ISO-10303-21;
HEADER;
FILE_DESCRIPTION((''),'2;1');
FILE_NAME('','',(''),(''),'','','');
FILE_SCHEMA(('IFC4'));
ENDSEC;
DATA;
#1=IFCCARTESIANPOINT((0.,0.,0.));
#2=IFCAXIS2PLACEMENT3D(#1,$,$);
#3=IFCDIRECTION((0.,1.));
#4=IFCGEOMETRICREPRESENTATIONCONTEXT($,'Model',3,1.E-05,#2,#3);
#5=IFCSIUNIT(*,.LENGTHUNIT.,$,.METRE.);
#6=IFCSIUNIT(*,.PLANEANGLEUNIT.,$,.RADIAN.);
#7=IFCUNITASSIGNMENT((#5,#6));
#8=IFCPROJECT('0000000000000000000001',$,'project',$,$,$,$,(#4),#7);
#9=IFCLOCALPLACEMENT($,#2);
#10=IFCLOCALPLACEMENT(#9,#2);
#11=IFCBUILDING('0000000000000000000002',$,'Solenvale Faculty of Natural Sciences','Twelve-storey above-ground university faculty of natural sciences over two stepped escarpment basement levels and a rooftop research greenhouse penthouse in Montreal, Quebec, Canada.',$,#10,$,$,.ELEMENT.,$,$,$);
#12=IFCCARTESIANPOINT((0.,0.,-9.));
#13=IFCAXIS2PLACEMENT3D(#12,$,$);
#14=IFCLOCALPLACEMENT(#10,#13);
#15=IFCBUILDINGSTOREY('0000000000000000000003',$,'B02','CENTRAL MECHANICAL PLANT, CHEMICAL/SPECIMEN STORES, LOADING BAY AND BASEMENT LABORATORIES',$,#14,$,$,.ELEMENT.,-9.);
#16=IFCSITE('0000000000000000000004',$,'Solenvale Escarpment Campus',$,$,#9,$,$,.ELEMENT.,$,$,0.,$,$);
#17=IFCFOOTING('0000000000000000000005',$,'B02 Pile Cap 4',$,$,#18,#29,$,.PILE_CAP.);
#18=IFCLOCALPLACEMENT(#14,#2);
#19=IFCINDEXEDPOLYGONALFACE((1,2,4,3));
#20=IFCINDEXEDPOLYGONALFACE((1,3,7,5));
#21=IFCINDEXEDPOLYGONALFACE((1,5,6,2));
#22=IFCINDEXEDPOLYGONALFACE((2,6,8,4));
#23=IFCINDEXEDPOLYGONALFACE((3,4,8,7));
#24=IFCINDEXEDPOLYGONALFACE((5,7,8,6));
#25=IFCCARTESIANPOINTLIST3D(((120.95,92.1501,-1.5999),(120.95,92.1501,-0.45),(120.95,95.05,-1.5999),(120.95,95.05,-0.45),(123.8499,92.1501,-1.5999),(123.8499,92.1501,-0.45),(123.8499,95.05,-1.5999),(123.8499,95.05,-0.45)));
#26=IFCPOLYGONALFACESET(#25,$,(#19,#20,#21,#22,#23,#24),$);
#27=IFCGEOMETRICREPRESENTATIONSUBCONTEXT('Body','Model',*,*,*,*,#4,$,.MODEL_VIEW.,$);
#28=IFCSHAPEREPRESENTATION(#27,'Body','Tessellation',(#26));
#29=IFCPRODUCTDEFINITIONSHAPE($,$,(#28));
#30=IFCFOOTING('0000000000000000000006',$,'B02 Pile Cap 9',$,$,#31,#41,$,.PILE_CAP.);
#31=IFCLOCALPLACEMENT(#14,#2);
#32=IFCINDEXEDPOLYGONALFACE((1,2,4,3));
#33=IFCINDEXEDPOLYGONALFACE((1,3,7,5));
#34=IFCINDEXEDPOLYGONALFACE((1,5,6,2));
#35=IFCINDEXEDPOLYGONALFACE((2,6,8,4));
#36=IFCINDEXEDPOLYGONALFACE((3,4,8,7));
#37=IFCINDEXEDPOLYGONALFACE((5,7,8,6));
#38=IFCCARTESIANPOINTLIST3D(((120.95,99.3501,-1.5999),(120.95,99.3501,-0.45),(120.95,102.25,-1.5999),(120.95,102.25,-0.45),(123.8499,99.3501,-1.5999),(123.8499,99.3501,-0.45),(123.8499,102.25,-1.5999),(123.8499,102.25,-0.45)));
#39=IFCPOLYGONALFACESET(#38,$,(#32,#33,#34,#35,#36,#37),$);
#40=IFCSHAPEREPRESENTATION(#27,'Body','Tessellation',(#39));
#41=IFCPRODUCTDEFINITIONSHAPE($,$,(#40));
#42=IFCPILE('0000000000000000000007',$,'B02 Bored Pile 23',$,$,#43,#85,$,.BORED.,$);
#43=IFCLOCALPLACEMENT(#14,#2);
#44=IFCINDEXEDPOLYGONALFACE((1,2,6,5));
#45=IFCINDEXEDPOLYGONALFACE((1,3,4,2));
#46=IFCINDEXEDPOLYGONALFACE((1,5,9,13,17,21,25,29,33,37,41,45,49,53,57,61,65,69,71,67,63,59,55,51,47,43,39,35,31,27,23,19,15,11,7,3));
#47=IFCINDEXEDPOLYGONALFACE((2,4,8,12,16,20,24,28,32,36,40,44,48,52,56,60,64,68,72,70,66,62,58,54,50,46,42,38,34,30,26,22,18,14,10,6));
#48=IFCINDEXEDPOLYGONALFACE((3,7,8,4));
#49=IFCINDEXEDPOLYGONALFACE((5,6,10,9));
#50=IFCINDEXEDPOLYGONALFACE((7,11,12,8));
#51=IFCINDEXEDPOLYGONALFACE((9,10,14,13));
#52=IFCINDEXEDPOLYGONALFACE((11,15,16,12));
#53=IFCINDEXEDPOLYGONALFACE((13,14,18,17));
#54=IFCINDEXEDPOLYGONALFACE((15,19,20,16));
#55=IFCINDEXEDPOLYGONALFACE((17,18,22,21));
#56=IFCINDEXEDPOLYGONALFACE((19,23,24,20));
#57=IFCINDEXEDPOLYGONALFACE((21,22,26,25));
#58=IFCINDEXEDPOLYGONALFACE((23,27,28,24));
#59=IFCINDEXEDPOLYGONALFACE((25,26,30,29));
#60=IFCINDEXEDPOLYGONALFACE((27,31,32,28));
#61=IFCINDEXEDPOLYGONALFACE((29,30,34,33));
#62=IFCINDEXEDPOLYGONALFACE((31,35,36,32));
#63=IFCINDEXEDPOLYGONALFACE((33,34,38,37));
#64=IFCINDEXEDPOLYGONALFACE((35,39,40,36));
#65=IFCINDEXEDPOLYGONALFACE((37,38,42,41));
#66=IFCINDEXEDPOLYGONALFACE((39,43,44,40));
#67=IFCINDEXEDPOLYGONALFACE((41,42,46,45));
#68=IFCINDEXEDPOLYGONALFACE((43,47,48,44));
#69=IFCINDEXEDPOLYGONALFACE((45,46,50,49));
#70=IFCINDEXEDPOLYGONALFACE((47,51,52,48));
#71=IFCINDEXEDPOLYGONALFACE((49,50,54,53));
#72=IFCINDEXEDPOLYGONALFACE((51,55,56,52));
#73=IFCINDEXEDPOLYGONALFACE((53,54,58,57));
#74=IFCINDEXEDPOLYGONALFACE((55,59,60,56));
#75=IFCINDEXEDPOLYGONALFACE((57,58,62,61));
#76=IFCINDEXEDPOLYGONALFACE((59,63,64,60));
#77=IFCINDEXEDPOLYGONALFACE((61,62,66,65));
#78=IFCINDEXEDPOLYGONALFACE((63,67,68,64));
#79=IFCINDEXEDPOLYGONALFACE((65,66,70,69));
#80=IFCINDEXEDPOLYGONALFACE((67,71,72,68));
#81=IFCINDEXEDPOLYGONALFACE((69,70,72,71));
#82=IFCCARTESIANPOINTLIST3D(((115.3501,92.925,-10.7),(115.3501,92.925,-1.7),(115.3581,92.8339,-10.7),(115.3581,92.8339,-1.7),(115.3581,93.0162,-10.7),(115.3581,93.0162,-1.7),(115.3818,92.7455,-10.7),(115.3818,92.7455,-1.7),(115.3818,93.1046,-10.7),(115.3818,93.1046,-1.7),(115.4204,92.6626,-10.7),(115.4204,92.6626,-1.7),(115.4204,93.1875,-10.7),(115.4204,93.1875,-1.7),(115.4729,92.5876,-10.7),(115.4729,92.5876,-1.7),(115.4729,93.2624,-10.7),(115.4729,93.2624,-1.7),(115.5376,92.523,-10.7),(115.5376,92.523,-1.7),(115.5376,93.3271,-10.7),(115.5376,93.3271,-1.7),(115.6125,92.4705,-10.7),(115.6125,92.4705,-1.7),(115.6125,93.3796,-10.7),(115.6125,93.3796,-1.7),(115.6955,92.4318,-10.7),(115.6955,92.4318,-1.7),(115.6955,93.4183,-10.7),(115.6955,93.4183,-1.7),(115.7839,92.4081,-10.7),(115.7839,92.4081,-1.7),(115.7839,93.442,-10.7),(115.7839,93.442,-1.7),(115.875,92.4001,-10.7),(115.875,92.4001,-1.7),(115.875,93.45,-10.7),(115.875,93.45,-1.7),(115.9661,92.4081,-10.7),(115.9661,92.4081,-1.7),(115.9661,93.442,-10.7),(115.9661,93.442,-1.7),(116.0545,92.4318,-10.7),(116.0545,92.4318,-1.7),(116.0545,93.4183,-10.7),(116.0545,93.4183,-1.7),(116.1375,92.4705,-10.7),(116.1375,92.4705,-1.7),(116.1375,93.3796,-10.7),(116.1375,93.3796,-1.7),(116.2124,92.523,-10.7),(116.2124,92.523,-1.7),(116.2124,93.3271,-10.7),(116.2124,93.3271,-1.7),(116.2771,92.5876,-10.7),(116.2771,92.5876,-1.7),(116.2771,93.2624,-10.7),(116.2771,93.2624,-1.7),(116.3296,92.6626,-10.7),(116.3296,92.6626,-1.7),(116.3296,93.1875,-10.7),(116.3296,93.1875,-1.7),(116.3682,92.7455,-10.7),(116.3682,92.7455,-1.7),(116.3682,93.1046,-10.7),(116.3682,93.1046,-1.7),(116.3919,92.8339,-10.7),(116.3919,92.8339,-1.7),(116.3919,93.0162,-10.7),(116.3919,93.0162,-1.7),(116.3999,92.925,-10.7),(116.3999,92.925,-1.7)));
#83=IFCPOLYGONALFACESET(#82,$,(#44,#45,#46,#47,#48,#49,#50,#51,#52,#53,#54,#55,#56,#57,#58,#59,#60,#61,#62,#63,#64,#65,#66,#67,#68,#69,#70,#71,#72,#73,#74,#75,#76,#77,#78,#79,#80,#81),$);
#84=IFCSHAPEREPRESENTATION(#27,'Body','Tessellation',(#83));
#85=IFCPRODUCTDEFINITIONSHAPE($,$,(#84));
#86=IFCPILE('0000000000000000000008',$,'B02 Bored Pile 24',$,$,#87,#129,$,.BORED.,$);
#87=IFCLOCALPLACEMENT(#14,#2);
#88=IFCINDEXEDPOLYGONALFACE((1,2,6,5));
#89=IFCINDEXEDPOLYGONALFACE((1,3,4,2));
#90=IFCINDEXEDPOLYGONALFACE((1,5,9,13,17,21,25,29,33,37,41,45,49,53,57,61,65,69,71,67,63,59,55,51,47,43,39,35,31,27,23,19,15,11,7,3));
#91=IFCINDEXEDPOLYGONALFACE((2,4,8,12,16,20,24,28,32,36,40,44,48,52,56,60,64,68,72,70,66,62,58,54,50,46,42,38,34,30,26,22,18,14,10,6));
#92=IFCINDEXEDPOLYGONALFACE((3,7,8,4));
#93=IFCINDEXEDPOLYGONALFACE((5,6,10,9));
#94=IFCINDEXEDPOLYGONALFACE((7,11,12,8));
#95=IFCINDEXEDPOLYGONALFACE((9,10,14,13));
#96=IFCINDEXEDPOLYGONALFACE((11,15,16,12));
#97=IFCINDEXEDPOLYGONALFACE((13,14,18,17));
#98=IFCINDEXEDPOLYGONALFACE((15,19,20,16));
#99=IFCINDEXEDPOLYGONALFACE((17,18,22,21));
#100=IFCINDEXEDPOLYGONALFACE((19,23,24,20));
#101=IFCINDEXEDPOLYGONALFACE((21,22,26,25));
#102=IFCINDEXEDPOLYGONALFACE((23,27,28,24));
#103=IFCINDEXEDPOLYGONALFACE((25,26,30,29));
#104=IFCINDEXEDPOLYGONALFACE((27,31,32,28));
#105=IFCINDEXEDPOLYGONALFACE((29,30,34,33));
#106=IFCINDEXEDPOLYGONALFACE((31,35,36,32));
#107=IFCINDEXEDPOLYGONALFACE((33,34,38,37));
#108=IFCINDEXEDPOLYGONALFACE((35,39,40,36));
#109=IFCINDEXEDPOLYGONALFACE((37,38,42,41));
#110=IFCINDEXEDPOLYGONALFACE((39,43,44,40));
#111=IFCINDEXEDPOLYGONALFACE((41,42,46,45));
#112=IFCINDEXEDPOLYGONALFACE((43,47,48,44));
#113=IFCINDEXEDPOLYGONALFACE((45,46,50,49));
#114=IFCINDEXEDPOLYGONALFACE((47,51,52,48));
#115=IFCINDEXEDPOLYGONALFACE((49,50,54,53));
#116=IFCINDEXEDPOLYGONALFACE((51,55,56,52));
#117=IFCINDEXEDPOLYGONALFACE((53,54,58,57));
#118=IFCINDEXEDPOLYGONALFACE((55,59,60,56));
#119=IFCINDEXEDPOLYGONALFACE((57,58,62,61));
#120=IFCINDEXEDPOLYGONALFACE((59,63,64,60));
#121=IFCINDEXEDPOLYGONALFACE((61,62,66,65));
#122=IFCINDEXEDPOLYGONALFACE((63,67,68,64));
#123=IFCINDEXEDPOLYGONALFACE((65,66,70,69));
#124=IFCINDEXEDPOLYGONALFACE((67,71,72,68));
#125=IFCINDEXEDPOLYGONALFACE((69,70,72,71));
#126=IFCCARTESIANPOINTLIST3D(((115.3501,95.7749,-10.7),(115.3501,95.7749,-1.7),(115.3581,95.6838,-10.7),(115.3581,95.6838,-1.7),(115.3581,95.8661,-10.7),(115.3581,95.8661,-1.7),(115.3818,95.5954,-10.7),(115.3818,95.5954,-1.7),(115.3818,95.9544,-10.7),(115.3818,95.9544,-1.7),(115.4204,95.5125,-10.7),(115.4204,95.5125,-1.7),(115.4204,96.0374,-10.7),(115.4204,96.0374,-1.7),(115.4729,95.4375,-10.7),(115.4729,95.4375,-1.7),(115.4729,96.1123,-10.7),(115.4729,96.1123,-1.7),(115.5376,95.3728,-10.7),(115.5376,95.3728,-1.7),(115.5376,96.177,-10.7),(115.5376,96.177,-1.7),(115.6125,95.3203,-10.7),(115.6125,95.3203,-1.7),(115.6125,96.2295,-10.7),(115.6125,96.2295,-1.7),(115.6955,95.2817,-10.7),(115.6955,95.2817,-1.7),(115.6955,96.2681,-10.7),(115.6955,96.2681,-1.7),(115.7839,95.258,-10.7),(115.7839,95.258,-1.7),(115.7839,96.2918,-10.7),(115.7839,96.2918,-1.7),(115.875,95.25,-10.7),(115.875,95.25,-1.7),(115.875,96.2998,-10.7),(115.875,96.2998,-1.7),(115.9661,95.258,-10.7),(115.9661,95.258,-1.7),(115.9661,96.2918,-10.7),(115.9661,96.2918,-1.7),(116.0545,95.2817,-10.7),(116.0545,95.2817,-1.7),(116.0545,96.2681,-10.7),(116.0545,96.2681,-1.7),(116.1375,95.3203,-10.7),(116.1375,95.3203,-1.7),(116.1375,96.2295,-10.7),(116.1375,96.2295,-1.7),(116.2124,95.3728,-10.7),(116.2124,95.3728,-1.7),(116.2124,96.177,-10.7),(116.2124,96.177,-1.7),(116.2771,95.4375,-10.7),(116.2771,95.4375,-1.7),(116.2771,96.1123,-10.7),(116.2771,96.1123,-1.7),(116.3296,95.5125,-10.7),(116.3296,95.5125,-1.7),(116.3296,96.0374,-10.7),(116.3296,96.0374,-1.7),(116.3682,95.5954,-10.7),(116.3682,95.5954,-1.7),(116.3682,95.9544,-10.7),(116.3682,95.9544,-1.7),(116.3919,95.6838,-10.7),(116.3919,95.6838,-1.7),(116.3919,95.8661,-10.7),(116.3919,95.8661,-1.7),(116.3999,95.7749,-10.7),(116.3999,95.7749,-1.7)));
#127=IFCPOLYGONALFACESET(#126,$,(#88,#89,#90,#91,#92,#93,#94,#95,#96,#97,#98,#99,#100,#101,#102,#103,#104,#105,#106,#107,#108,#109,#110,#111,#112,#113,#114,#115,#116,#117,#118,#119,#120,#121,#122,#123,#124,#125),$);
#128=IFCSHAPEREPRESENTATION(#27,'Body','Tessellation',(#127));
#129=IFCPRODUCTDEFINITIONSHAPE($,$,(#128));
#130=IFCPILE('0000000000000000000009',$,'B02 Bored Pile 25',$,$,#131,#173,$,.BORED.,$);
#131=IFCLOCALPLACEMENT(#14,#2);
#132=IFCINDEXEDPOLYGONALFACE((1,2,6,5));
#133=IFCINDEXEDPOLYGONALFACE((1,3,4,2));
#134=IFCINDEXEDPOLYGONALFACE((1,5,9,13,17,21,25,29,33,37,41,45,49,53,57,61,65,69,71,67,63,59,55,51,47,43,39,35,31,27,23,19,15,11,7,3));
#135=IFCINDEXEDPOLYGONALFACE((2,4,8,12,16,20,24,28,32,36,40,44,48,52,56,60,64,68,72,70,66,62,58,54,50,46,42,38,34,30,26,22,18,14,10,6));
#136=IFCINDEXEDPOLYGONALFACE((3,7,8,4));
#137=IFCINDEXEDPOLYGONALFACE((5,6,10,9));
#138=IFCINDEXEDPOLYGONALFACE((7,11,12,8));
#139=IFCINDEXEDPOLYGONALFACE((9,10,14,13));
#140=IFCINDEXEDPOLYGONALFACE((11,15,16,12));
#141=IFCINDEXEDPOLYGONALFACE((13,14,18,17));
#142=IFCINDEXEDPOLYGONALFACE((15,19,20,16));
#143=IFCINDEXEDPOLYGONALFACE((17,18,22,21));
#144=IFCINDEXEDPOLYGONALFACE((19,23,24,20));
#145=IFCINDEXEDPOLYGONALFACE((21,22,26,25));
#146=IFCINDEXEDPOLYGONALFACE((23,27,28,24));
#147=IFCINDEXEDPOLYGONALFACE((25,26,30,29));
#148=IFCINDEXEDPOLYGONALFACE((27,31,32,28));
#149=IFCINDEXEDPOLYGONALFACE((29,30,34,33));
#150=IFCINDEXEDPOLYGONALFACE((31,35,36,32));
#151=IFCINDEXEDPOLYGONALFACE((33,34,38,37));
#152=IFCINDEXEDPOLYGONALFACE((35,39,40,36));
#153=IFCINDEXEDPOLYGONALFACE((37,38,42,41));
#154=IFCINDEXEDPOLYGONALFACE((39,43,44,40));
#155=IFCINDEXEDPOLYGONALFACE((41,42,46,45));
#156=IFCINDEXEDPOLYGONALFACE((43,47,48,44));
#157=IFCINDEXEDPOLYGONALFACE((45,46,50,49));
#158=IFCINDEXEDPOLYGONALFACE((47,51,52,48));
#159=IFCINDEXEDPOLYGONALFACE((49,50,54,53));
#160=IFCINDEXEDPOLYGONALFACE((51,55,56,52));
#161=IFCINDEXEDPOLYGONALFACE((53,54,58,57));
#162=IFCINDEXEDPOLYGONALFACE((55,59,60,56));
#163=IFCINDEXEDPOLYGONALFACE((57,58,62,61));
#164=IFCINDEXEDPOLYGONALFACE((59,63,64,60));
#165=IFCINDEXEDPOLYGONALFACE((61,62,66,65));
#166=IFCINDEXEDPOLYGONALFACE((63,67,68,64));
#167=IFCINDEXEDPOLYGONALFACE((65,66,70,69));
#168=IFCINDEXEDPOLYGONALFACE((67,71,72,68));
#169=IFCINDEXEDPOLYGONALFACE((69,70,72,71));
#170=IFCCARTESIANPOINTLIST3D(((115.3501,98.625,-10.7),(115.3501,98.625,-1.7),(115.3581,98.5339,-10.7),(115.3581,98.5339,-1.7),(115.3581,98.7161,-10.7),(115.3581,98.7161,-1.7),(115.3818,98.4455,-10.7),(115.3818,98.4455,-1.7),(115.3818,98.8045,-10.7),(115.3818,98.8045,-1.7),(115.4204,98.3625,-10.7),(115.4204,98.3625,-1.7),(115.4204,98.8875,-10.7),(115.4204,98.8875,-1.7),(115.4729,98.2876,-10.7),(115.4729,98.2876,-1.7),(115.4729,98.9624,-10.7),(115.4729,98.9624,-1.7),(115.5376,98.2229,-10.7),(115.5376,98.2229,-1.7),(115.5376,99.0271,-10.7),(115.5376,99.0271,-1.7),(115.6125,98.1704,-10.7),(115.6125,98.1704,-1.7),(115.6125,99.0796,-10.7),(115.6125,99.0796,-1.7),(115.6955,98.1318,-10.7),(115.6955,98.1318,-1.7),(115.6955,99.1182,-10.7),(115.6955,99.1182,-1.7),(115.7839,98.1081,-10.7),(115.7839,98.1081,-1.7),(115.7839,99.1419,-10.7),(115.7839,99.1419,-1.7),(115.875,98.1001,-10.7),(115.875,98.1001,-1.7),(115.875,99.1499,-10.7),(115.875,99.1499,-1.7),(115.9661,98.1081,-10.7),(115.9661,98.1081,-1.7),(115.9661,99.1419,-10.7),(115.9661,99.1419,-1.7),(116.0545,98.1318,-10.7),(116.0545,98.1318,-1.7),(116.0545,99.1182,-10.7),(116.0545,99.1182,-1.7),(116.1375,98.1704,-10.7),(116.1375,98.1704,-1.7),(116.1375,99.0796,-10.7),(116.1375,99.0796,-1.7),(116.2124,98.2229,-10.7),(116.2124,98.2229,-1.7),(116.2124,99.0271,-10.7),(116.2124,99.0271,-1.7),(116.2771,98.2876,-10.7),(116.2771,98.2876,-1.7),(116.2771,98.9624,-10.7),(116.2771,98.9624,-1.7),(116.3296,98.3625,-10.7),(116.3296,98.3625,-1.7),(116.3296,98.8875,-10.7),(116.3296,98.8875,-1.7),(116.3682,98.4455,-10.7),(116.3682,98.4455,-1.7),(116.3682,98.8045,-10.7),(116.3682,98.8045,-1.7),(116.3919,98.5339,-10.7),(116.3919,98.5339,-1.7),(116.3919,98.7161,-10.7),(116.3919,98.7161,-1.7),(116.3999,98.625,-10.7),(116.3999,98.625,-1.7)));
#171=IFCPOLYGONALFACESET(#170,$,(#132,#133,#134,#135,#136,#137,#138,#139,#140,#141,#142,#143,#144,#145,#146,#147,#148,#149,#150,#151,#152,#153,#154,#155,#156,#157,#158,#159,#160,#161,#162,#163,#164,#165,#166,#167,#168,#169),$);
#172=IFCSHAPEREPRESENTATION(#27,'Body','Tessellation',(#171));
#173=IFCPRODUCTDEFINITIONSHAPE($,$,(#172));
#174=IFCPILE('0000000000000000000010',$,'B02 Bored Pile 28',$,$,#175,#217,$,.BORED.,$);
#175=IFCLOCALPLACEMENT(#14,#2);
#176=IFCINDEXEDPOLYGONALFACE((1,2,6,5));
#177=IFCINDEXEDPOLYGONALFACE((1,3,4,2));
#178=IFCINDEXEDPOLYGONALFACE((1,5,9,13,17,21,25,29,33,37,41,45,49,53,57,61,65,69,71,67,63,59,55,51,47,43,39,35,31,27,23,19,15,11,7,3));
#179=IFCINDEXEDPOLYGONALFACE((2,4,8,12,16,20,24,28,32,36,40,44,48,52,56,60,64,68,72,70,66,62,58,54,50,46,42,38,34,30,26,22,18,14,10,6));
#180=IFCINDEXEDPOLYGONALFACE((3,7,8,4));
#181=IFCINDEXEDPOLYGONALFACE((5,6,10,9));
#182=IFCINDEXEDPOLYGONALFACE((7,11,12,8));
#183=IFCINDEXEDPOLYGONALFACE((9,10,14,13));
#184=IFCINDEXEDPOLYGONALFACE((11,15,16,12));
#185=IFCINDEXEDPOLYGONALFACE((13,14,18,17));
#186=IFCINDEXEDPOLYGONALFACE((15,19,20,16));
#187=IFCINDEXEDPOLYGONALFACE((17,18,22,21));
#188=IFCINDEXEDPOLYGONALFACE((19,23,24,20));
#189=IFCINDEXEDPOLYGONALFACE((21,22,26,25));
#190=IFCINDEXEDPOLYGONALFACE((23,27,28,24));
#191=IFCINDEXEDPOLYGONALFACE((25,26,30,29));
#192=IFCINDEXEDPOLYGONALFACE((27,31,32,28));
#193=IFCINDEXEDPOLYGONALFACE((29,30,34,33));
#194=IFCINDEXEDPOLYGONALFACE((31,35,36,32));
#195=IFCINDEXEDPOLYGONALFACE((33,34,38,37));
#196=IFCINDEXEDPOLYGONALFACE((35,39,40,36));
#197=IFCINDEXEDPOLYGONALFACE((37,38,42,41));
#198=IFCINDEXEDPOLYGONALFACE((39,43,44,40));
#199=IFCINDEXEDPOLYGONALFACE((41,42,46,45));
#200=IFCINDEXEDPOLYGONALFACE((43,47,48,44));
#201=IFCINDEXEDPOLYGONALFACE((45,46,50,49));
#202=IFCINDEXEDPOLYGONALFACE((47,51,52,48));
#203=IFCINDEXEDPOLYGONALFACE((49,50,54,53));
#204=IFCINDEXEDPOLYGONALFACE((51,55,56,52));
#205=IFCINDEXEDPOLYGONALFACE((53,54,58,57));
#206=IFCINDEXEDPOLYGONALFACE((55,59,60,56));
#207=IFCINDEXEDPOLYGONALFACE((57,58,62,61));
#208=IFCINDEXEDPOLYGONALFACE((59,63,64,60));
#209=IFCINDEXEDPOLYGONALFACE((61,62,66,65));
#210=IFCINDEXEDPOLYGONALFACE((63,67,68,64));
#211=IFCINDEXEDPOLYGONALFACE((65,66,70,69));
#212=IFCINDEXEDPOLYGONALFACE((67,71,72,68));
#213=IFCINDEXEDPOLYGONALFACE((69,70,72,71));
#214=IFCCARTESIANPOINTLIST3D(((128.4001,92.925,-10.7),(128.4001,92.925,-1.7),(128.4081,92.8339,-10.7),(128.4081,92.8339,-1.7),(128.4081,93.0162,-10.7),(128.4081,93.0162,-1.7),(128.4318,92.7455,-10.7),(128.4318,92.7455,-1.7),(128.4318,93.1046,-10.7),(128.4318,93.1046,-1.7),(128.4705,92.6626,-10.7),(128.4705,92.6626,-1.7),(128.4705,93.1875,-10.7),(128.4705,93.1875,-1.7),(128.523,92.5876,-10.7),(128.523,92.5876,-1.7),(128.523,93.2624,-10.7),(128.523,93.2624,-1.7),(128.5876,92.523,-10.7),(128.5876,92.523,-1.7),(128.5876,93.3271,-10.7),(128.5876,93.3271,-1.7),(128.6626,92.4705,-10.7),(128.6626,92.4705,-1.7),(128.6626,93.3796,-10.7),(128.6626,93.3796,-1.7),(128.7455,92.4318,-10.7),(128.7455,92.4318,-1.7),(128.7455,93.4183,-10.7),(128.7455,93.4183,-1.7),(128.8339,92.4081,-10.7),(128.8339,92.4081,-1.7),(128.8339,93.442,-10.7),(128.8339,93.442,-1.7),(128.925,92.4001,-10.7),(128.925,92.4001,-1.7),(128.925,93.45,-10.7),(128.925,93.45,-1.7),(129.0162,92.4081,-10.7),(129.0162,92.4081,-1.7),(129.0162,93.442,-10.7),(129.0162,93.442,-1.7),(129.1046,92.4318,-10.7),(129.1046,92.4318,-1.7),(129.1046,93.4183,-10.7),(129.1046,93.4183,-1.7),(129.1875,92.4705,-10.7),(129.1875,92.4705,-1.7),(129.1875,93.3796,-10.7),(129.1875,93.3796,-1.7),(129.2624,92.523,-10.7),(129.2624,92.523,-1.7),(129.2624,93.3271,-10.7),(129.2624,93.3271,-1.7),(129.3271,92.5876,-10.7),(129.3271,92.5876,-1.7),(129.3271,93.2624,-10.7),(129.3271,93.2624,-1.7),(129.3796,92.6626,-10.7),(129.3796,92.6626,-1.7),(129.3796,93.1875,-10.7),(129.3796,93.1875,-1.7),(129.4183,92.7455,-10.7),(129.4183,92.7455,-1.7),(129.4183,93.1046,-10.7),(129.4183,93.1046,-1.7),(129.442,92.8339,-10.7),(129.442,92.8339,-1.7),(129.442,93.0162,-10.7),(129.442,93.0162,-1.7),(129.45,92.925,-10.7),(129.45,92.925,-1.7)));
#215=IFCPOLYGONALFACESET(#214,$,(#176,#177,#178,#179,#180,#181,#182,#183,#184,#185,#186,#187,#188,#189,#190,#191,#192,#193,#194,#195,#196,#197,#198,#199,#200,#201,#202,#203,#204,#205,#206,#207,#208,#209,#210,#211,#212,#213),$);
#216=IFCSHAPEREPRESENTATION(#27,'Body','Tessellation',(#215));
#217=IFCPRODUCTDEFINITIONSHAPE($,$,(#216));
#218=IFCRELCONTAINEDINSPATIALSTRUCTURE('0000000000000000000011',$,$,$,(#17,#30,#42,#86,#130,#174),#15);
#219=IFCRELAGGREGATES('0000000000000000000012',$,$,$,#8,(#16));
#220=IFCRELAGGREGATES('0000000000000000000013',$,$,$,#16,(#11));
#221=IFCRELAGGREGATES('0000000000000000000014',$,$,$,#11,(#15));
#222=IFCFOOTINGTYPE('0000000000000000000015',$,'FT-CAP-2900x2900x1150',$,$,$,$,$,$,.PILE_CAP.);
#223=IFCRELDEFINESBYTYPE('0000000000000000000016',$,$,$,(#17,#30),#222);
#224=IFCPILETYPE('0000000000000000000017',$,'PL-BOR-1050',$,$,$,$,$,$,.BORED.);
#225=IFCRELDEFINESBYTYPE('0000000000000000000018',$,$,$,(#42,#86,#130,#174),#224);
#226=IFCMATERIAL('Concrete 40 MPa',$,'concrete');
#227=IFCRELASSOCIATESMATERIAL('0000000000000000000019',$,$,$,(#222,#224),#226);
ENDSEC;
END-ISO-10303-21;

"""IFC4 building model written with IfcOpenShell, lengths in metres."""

from ifc_helpers import new_model, si_unit, direction, frame, origin, origin_2d, place, context, subcontext, project, spatial, rectangle, circle, extrude, material, material_profile, profile_set, type_object, element, save


model = new_model("IFC4")

# Units and contexts
model_context = context("Model", 3, precision=1e-05, world=origin(), true_north=direction((0.0, 1.0)))
body_context = subcontext(model_context, "Body", "Model", "MODEL_VIEW")
ifc_project = project(units=[si_unit("LENGTHUNIT", "METRE"), si_unit("PLANEANGLEUNIT", "RADIAN")], contexts=[model_context])

# Site, building, storey
site_placement = place(None, origin())
site = spatial("IfcSite", under=ifc_project, at=site_placement, Name="Solenvale Escarpment Campus", CompositionType="ELEMENT", RefElevation=0.0)
building_placement = place(site_placement, origin())
building = spatial("IfcBuilding", under=site, at=building_placement, Name="Solenvale Faculty of Natural Sciences", Description="Twelve-storey above-ground university faculty of natural sciences over two stepped escarpment basement levels and a rooftop research greenhouse penthouse in Montreal, Quebec, Canada.", CompositionType="ELEMENT")
storey_placement = place(building_placement, frame((0.0, 0.0, -9.0)))
storey = spatial("IfcBuildingStorey", under=building, at=storey_placement, Name="B02", Description="CENTRAL MECHANICAL PLANT, CHEMICAL/SPECIMEN STORES, LOADING BAY AND BASEMENT LABORATORIES", CompositionType="ELEMENT", Elevation=-9.0)

# Footings
ifc_material_1 = material(Name="Concrete 40 MPa", Category="concrete")
footing_type = type_object("IfcFootingType", Name="FT-CAP-2900x2900x1150", PredefinedType="PILE_CAP", material=ifc_material_1)
for number, where, z_axis, x_axis, name in (
    (1, (122.3999, 93.6001, -1.5999), (0.0, 0.0, 1.0), (1.0, 0.0, 0.0), "B02 Pile Cap 4"),
    (2, (122.3999, 100.8, -1.5999), (0.0, 0.0, 1.0), (1.0, 0.0, 0.0), "B02 Pile Cap 9"),
):
    element("IfcFooting", number, at=place(storey_placement, frame(where, z_axis=z_axis, x_axis=x_axis)), inside=storey, type_object=footing_type, Name=name, PredefinedType="PILE_CAP", context=body_context, shape_type="SweptSolid", body=[
        extrude(rectangle(XDim=2.8999, YDim=2.8999, at=origin_2d()), origin(), (0.0, 0.0, 1.0), 1.1499),
    ])

# Piles
ifc_material_profile_1 = material_profile(ifc_material_1, circle(Radius=0.5249, at=origin_2d()), Name="PILE-D1050")
ifc_profile_set_1 = profile_set([ifc_material_profile_1], Name="Concrete 40 MPa")
pile_type_1 = type_object("IfcPileType", Name="PL-BOR-1050", PredefinedType="BORED", material=ifc_profile_set_1)
for number, where, z_axis, x_axis, name in (
    (3, (115.875, 92.925, -1.7), (0.0, 0.0, -1.0), (1.0, 0.0, 0.0), "B02 Bored Pile 23"),
    (4, (115.875, 95.7749, -1.7), (0.0, 0.0, -1.0), (1.0, 0.0, 0.0), "B02 Bored Pile 24"),
    (5, (115.875, 98.625, -1.7), (0.0, 0.0, -1.0), (1.0, 0.0, 0.0), "B02 Bored Pile 25"),
    (6, (128.925, 92.925, -1.7), (0.0, 0.0, -1.0), (1.0, 0.0, 0.0), "B02 Bored Pile 28"),
):
    element("IfcPile", number, at=place(storey_placement, frame(where, z_axis=z_axis, x_axis=x_axis)), inside=storey, type_object=pile_type_1, Name=name, PredefinedType="BORED", context=body_context, shape_type="SweptSolid", body=[
        extrude(circle(Radius=0.5249, at=origin_2d()), origin(), (0.0, 0.0, 1.0), 9.0),
    ])

save(model, "model.ifc")
